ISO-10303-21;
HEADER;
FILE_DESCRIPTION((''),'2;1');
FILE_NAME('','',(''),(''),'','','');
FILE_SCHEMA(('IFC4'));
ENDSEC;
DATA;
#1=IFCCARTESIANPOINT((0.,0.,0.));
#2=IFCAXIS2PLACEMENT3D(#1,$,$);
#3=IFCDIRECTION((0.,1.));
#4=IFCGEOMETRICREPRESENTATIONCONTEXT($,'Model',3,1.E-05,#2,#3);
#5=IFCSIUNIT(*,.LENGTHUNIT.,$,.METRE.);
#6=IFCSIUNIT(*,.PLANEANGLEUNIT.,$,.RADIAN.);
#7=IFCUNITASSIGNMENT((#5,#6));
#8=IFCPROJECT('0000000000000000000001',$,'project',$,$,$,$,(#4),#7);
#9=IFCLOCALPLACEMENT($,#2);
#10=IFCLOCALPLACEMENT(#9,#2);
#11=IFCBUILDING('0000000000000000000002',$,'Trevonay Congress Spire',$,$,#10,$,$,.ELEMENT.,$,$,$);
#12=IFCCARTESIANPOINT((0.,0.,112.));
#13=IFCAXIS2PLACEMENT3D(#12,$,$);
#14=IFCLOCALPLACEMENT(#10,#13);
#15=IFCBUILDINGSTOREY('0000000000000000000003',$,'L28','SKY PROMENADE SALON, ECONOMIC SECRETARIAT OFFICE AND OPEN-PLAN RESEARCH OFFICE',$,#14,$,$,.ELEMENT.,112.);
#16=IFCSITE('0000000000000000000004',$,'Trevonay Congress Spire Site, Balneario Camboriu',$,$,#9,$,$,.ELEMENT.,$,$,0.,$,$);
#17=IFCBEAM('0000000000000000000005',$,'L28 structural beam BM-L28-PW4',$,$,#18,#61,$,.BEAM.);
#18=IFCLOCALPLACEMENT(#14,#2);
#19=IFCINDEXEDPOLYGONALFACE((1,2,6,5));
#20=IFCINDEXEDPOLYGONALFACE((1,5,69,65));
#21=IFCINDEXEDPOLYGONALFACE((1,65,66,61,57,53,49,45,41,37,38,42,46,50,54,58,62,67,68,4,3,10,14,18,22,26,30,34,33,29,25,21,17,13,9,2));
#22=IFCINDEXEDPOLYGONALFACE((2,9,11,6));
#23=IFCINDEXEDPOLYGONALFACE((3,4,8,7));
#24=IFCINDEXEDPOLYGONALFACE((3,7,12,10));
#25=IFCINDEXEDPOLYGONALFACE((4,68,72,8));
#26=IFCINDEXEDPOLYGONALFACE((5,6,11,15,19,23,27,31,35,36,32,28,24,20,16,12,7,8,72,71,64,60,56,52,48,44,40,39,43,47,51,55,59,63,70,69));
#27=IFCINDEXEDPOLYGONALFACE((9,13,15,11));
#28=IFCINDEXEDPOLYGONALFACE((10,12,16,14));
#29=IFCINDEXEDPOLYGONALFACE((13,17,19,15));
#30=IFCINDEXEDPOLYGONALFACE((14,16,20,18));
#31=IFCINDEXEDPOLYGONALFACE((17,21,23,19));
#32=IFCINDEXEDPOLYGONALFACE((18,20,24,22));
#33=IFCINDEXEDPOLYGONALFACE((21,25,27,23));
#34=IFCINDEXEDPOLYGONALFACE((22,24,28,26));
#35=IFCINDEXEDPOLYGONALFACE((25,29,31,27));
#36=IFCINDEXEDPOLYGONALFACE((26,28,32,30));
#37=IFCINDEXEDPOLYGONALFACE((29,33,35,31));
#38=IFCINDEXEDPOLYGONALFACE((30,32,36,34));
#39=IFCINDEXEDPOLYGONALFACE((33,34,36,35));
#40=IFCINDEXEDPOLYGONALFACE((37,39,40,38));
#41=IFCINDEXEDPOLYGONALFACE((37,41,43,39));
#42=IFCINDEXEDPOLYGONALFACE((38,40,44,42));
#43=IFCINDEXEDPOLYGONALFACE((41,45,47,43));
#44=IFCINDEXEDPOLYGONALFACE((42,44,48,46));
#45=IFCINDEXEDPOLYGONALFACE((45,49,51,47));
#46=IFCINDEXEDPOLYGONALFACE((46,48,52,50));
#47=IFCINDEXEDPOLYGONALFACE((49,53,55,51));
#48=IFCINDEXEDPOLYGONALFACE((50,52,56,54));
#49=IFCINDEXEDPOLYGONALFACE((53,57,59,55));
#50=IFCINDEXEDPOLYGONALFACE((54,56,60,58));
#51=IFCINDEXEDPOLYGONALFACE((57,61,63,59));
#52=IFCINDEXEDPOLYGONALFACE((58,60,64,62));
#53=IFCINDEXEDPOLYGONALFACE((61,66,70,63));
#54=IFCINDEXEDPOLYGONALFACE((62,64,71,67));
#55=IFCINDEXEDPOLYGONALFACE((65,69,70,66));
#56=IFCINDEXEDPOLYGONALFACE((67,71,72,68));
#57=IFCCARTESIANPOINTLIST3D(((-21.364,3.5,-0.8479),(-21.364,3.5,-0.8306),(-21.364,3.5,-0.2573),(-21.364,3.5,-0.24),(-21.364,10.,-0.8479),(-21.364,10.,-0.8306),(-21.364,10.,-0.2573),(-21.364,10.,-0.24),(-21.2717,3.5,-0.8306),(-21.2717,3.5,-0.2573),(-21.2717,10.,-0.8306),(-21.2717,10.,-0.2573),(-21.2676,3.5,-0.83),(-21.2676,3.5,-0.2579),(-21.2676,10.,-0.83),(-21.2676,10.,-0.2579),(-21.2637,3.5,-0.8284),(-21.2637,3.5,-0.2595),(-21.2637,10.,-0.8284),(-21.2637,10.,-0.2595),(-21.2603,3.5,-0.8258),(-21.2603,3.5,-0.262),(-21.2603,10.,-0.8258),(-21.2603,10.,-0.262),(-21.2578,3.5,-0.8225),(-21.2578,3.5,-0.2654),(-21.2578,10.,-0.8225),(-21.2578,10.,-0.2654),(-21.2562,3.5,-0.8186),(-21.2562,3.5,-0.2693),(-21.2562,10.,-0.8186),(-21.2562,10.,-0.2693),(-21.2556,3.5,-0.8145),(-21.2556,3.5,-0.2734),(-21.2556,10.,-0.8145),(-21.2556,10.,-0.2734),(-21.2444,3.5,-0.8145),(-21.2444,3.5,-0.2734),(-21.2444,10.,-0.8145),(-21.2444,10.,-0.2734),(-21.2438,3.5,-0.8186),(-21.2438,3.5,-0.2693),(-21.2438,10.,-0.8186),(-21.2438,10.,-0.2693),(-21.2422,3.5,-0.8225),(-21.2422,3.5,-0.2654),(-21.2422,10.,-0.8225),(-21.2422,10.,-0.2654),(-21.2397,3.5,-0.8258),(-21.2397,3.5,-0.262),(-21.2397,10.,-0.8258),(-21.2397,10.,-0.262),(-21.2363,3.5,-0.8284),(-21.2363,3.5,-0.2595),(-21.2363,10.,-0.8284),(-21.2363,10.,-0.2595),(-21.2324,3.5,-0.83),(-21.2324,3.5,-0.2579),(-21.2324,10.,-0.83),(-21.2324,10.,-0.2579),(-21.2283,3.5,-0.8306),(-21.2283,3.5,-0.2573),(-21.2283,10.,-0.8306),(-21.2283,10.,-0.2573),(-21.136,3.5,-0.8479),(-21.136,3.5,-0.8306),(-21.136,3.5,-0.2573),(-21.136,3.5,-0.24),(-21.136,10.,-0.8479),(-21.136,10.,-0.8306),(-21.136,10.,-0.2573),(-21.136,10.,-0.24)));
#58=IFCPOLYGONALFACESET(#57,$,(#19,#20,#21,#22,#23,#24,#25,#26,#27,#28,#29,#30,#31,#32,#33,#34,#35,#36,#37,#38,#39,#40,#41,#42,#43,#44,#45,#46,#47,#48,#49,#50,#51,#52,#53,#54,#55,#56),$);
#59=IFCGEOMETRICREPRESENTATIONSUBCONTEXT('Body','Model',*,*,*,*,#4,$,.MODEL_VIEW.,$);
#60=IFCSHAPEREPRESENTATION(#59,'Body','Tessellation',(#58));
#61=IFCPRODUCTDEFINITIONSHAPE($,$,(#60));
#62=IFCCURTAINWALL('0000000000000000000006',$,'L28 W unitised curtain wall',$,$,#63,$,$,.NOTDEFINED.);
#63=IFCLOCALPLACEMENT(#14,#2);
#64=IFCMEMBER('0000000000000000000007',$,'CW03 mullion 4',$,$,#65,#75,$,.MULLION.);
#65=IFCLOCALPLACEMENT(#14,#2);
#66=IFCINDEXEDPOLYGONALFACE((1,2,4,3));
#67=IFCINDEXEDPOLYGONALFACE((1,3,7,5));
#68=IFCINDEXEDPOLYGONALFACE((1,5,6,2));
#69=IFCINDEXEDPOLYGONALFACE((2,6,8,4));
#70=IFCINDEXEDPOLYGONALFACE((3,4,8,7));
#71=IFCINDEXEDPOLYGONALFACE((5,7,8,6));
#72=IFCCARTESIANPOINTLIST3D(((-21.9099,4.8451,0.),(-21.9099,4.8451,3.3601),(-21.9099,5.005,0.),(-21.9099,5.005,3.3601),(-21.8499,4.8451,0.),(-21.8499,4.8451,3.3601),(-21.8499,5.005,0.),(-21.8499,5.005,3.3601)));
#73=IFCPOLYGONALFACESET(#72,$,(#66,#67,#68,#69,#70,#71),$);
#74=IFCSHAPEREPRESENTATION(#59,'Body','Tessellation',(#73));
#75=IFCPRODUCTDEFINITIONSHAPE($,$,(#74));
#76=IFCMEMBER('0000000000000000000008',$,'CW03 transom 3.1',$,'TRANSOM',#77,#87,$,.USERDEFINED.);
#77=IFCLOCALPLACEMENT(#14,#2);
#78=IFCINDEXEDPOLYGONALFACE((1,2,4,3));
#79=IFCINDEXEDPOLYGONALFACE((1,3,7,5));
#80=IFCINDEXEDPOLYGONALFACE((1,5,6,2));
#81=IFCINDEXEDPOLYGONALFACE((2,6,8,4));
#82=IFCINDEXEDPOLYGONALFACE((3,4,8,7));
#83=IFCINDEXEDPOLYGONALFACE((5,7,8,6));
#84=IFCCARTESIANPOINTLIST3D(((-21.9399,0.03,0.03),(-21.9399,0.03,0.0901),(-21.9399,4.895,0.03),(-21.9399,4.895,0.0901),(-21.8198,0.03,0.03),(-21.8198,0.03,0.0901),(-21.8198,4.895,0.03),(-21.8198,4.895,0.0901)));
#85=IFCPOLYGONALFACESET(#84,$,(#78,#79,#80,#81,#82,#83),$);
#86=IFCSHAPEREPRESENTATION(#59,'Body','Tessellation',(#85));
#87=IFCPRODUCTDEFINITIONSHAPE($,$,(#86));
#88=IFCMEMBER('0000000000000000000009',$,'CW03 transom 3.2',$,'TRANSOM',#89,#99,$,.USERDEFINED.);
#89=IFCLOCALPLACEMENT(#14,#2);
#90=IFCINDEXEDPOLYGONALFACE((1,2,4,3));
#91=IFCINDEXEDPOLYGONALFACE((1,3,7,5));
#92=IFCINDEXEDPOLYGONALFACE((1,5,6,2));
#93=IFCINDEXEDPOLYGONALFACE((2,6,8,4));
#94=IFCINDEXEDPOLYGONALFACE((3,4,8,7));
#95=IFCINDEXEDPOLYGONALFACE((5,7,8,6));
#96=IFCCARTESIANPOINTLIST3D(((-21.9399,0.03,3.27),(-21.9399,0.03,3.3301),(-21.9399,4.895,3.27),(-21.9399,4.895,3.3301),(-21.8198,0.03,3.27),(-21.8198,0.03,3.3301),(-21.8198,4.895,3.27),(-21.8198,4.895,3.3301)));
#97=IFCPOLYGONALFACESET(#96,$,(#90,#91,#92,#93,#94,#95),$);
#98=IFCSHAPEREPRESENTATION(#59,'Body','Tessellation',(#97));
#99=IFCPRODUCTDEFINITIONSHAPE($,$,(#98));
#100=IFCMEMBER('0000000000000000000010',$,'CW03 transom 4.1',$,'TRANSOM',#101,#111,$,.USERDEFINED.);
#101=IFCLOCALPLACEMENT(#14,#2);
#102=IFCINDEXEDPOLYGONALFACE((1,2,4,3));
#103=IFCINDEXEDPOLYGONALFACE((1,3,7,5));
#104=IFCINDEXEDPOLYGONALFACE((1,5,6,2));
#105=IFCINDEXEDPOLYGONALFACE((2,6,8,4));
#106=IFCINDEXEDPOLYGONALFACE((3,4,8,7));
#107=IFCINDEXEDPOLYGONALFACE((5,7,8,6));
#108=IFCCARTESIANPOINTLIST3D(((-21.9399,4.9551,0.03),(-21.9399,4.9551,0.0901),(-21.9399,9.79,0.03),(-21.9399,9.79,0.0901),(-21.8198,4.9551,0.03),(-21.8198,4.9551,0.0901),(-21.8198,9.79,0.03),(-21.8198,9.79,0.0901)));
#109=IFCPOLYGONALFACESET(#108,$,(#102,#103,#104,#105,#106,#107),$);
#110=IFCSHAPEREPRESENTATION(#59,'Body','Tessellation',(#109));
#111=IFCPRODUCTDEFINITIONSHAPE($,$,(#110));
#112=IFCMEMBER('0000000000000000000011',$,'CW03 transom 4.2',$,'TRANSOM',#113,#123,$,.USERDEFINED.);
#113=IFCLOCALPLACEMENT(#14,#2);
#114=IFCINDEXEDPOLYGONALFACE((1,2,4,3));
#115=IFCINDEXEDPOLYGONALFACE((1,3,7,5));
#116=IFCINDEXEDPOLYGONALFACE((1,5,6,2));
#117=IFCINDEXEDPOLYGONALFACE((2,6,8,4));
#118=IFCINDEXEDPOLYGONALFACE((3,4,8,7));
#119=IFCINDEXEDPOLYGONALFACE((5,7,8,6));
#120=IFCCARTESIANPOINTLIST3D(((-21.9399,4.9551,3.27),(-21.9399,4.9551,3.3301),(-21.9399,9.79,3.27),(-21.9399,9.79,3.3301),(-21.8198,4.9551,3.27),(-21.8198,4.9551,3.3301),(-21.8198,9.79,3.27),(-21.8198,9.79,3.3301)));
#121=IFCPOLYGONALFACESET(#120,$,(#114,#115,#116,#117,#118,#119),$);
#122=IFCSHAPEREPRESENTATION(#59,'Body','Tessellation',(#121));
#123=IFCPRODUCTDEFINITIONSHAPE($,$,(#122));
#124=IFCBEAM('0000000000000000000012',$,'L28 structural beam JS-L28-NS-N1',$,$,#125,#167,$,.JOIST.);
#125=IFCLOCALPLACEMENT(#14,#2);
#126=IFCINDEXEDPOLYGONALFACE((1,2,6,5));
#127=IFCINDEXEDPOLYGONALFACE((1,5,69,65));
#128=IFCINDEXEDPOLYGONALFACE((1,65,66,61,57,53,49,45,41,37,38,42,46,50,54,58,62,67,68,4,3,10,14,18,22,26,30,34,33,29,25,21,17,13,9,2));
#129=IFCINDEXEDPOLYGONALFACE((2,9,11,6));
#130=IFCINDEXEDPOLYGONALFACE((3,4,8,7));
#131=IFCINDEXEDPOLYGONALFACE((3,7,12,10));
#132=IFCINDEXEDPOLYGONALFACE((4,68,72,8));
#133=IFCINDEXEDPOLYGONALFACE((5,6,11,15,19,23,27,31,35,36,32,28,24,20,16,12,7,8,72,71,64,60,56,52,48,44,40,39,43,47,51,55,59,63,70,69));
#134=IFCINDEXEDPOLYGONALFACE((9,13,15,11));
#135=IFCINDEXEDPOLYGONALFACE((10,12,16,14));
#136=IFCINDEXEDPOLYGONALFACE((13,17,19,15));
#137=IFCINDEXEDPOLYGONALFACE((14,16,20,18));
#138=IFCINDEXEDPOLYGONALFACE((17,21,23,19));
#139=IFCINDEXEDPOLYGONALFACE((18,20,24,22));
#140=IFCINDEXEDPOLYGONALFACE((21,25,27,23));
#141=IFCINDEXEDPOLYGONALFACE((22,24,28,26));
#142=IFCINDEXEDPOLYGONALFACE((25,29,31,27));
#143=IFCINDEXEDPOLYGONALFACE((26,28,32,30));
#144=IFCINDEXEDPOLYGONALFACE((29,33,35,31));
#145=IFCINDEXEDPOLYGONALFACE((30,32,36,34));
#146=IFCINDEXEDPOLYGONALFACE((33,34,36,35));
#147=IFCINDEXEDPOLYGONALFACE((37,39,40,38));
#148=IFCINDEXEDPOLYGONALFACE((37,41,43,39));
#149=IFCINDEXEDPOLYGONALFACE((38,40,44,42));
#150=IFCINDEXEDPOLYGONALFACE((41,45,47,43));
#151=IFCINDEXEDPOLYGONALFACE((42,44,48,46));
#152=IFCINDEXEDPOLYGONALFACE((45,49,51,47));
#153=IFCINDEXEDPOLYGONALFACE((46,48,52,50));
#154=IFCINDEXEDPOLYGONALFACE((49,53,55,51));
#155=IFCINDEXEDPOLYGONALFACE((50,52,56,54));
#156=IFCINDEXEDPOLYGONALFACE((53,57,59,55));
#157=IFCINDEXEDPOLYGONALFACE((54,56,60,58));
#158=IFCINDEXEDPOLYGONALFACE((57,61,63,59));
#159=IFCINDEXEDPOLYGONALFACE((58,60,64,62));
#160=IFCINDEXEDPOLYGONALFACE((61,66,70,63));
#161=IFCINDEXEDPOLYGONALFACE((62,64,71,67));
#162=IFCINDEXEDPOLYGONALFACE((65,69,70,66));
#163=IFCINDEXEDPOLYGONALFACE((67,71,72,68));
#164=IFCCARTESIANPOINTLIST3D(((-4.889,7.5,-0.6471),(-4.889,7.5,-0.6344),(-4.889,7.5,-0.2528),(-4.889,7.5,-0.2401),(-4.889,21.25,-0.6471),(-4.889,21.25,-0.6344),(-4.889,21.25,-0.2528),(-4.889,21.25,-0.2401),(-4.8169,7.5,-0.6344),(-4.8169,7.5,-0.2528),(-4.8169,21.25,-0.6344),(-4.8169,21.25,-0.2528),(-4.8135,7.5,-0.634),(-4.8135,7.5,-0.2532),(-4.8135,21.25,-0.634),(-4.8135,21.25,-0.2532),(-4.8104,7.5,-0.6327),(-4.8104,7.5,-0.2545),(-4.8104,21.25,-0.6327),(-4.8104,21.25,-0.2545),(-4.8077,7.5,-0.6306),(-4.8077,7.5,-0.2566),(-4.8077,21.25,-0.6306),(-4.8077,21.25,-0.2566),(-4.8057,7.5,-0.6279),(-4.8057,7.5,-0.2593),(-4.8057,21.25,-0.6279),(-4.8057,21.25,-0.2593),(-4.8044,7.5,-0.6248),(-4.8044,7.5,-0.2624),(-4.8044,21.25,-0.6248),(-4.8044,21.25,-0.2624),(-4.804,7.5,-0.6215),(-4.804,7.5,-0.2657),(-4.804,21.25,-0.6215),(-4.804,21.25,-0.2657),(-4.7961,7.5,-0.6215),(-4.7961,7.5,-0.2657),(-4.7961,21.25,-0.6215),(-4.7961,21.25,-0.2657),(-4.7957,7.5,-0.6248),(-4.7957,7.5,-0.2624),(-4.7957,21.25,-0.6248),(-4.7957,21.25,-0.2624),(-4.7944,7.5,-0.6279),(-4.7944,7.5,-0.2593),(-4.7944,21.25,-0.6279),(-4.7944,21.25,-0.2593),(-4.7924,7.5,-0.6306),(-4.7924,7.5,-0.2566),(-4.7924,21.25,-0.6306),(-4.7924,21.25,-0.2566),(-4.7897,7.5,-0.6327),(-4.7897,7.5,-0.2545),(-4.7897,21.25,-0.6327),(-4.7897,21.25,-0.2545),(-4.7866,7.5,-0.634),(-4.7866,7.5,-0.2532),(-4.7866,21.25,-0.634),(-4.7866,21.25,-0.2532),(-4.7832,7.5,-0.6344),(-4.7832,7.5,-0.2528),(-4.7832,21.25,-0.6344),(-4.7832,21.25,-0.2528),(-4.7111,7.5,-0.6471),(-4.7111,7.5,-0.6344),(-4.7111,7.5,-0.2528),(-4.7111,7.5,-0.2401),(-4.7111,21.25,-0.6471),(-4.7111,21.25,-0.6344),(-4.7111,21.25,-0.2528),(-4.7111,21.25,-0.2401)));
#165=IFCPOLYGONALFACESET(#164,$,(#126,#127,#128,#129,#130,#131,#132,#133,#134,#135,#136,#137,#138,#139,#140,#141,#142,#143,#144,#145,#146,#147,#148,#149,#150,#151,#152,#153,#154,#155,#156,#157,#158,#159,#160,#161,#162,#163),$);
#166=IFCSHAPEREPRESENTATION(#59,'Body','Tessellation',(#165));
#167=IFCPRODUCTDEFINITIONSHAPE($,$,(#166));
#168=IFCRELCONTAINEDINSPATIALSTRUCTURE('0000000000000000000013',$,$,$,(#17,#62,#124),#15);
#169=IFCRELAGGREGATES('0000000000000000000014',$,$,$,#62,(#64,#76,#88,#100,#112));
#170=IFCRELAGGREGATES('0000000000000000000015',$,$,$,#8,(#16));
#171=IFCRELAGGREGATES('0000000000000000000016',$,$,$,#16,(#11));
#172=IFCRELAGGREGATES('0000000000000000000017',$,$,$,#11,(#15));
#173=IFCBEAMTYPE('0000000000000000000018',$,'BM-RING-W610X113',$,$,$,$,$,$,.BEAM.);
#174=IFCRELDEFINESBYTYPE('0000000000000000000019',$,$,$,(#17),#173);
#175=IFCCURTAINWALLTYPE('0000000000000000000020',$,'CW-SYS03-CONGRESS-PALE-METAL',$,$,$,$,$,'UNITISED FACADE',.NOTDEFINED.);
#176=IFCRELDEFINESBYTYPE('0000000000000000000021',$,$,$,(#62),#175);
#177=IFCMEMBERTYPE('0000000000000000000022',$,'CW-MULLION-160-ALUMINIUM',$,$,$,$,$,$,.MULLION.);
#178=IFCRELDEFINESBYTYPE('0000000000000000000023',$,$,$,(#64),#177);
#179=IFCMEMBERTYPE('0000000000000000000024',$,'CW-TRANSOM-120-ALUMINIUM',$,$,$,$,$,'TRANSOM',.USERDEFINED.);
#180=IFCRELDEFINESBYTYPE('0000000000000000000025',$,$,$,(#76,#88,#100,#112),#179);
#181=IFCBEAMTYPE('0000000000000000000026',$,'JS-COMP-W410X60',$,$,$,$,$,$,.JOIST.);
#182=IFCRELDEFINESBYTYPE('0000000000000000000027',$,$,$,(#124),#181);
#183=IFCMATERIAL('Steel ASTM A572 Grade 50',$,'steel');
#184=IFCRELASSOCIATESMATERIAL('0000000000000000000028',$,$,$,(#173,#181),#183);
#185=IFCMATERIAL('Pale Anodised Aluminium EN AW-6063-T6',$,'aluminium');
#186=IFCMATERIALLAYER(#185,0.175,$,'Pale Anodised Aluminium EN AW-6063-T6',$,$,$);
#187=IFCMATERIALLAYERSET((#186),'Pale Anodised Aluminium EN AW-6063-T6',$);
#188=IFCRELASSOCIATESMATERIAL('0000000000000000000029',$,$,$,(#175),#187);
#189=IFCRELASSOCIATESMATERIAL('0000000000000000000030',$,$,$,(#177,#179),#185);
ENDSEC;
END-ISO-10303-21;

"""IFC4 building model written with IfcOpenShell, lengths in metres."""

from ifc_helpers import new_model, si_unit, direction, frame, origin, origin_2d, place, context, subcontext, project, spatial, rectangle, i_section, extrude, material, layer, layer_set, material_profile, profile_set, type_object, element, aggregate, save


model = new_model("IFC4")

# Units and contexts
model_context = context("Model", 3, precision=1e-05, world=origin(), true_north=direction((0.0, 1.0)))
body_context = subcontext(model_context, "Body", "Model", "MODEL_VIEW")
ifc_project = project(units=[si_unit("LENGTHUNIT", "METRE"), si_unit("PLANEANGLEUNIT", "RADIAN")], contexts=[model_context])

# Site, building, storey
site_placement = place(None, origin())
site = spatial("IfcSite", under=ifc_project, at=site_placement, Name="Trevonay Congress Spire Site, Balneario Camboriu", CompositionType="ELEMENT", RefElevation=0.0)
building_placement = place(site_placement, origin())
building = spatial("IfcBuilding", under=site, at=building_placement, Name="Trevonay Congress Spire", CompositionType="ELEMENT")
storey_placement = place(building_placement, frame((0.0, 0.0, 112.0)))
storey = spatial("IfcBuildingStorey", under=building, at=storey_placement, Name="L28", Description="SKY PROMENADE SALON, ECONOMIC SECRETARIAT OFFICE AND OPEN-PLAN RESEARCH OFFICE", CompositionType="ELEMENT", Elevation=112.0)

# Shared definitions
ifc_material_1 = material(Name="Steel ASTM A572 Grade 50", Category="steel")

# Beam
ifc_material_profile_1 = material_profile(ifc_material_1, i_section(OverallWidth=0.228, OverallDepth=0.6079, WebThickness=0.0112, FlangeThickness=0.0173, FilletRadius=0.0161, at=origin_2d()), Name="W610x113")
ifc_profile_set_1 = profile_set([ifc_material_profile_1], Name="Steel ASTM A572 Grade 50")
beam_type_1 = type_object("IfcBeamType", Name="BM-RING-W610X113", PredefinedType="BEAM", material=ifc_profile_set_1)
beam_1_placement = place(storey_placement, frame((-21.25, 3.5, -0.5439), z_axis=(0.0, 1.0, 0.0), x_axis=(-1.0, 0.0, 0.0)))
element("IfcBeam", 1, at=beam_1_placement, inside=storey, type_object=beam_type_1, Name="L28 structural beam BM-L28-PW4", PredefinedType="BEAM", context=body_context, shape_type="SweptSolid", body=[
    extrude(i_section(OverallWidth=0.228, OverallDepth=0.6079, WebThickness=0.0112, FlangeThickness=0.0173, FilletRadius=0.0161, at=origin_2d()), origin(), (0.0, 0.0, 1.0), 6.5),
])

# Curtain wall, members
ifc_material_2 = material(Name="Pale Anodised Aluminium EN AW-6063-T6", Category="aluminium")
ifc_layer_1 = layer(ifc_material_2, 0.175, Name="Pale Anodised Aluminium EN AW-6063-T6")
ifc_layer_set_1 = layer_set([ifc_layer_1], Name="Pale Anodised Aluminium EN AW-6063-T6")
curtain_wall_type = type_object("IfcCurtainWallType", Name="CW-SYS03-CONGRESS-PALE-METAL", ElementType="UNITISED FACADE", PredefinedType="NOTDEFINED", material=ifc_layer_set_1)
curtain_wall_placement = place(storey_placement, origin())
curtain_wall = element("IfcCurtainWall", 2, at=curtain_wall_placement, inside=storey, type_object=curtain_wall_type, Name="L28 W unitised curtain wall", PredefinedType="NOTDEFINED")
ifc_material_profile_2 = material_profile(ifc_material_2, rectangle(XDim=0.0601, YDim=0.1599, at=origin_2d()), Name="CW-MULLION-160-ALUMINIUM")
ifc_profile_set_2 = profile_set([ifc_material_profile_2], Name="Pale Anodised Aluminium EN AW-6063-T6")
member_type_1 = type_object("IfcMemberType", Name="CW-MULLION-160-ALUMINIUM", PredefinedType="MULLION", material=ifc_profile_set_2)
member_1_placement = place(storey_placement, frame((-21.8799, 4.925, 0.0), z_axis=(0.0, 0.0, 1.0), x_axis=(-1.0, 0.0, 0.0)))
member_1 = element("IfcMember", 3, at=member_1_placement, type_object=member_type_1, Name="CW03 mullion 4", PredefinedType="MULLION", context=body_context, shape_type="SweptSolid", body=[
    extrude(rectangle(XDim=0.0601, YDim=0.1599, at=origin_2d()), origin(), (0.0, 0.0, 1.0), 3.3601),
])
ifc_material_profile_3 = material_profile(ifc_material_2, rectangle(XDim=0.1201, YDim=0.0601, at=origin_2d()), Name="CW-TRANSOM-120-ALUMINIUM")
ifc_profile_set_3 = profile_set([ifc_material_profile_3], Name="Pale Anodised Aluminium EN AW-6063-T6")
member_type_2 = type_object("IfcMemberType", Name="CW-TRANSOM-120-ALUMINIUM", ElementType="TRANSOM", PredefinedType="USERDEFINED", material=ifc_profile_set_3)
member_2_placement = place(storey_placement, frame((-21.8799, 0.03, 0.0601), z_axis=(0.0, 1.0, 0.0), x_axis=(-1.0, 0.0, 0.0)))
member_2 = element("IfcMember", 4, at=member_2_placement, type_object=member_type_2, Name="CW03 transom 3.1", ObjectType="TRANSOM", PredefinedType="USERDEFINED", context=body_context, shape_type="SweptSolid", body=[
    extrude(rectangle(XDim=0.1201, YDim=0.0601, at=origin_2d()), origin(), (0.0, 0.0, 1.0), 4.865),
])
member_3_placement = place(storey_placement, frame((-21.8799, 0.03, 3.3), z_axis=(0.0, 1.0, 0.0), x_axis=(-1.0, 0.0, 0.0)))
member_3 = element("IfcMember", 5, at=member_3_placement, type_object=member_type_2, Name="CW03 transom 3.2", ObjectType="TRANSOM", PredefinedType="USERDEFINED", context=body_context, shape_type="SweptSolid", body=[
    extrude(rectangle(XDim=0.1201, YDim=0.0601, at=origin_2d()), origin(), (0.0, 0.0, 1.0), 4.865),
])
member_4_placement = place(storey_placement, frame((-21.8799, 4.9551, 0.0601), z_axis=(0.0, 1.0, 0.0), x_axis=(-1.0, 0.0, 0.0)))
member_4 = element("IfcMember", 6, at=member_4_placement, type_object=member_type_2, Name="CW03 transom 4.1", ObjectType="TRANSOM", PredefinedType="USERDEFINED", context=body_context, shape_type="SweptSolid", body=[
    extrude(rectangle(XDim=0.1201, YDim=0.0601, at=origin_2d()), origin(), (0.0, 0.0, 1.0), 4.835),
])
member_5_placement = place(storey_placement, frame((-21.8799, 4.9551, 3.3), z_axis=(0.0, 1.0, 0.0), x_axis=(-1.0, 0.0, 0.0)))
member_5 = element("IfcMember", 7, at=member_5_placement, type_object=member_type_2, Name="CW03 transom 4.2", ObjectType="TRANSOM", PredefinedType="USERDEFINED", context=body_context, shape_type="SweptSolid", body=[
    extrude(rectangle(XDim=0.1201, YDim=0.0601, at=origin_2d()), origin(), (0.0, 0.0, 1.0), 4.835),
])

# Beam
ifc_material_profile_4 = material_profile(ifc_material_1, i_section(OverallWidth=0.178, OverallDepth=0.407, WebThickness=0.0078, FlangeThickness=0.0127, FilletRadius=0.0129, at=origin_2d()), Name="W410x60")
ifc_profile_set_4 = profile_set([ifc_material_profile_4], Name="Steel ASTM A572 Grade 50")
beam_type_2 = type_object("IfcBeamType", Name="JS-COMP-W410X60", PredefinedType="JOIST", material=ifc_profile_set_4)
for number, where, z_axis, x_axis, name in (
    (8, (-4.8, 7.5, -0.4436), (0.0, 1.0, 0.0), (-1.0, 0.0, 0.0), "L28 structural beam JS-L28-NS-N1"),
):
    element("IfcBeam", number, at=place(storey_placement, frame(where, z_axis=z_axis, x_axis=x_axis)), inside=storey, type_object=beam_type_2, Name=name, PredefinedType="JOIST", context=body_context, shape_type="SweptSolid", body=[
        extrude(i_section(OverallWidth=0.178, OverallDepth=0.407, WebThickness=0.0078, FlangeThickness=0.0127, FilletRadius=0.0129, at=origin_2d()), origin(), (0.0, 0.0, 1.0), 13.75),
    ])

aggregate(curtain_wall, [member_1, member_2, member_3, member_4, member_5])

save(model, "model.ifc")
